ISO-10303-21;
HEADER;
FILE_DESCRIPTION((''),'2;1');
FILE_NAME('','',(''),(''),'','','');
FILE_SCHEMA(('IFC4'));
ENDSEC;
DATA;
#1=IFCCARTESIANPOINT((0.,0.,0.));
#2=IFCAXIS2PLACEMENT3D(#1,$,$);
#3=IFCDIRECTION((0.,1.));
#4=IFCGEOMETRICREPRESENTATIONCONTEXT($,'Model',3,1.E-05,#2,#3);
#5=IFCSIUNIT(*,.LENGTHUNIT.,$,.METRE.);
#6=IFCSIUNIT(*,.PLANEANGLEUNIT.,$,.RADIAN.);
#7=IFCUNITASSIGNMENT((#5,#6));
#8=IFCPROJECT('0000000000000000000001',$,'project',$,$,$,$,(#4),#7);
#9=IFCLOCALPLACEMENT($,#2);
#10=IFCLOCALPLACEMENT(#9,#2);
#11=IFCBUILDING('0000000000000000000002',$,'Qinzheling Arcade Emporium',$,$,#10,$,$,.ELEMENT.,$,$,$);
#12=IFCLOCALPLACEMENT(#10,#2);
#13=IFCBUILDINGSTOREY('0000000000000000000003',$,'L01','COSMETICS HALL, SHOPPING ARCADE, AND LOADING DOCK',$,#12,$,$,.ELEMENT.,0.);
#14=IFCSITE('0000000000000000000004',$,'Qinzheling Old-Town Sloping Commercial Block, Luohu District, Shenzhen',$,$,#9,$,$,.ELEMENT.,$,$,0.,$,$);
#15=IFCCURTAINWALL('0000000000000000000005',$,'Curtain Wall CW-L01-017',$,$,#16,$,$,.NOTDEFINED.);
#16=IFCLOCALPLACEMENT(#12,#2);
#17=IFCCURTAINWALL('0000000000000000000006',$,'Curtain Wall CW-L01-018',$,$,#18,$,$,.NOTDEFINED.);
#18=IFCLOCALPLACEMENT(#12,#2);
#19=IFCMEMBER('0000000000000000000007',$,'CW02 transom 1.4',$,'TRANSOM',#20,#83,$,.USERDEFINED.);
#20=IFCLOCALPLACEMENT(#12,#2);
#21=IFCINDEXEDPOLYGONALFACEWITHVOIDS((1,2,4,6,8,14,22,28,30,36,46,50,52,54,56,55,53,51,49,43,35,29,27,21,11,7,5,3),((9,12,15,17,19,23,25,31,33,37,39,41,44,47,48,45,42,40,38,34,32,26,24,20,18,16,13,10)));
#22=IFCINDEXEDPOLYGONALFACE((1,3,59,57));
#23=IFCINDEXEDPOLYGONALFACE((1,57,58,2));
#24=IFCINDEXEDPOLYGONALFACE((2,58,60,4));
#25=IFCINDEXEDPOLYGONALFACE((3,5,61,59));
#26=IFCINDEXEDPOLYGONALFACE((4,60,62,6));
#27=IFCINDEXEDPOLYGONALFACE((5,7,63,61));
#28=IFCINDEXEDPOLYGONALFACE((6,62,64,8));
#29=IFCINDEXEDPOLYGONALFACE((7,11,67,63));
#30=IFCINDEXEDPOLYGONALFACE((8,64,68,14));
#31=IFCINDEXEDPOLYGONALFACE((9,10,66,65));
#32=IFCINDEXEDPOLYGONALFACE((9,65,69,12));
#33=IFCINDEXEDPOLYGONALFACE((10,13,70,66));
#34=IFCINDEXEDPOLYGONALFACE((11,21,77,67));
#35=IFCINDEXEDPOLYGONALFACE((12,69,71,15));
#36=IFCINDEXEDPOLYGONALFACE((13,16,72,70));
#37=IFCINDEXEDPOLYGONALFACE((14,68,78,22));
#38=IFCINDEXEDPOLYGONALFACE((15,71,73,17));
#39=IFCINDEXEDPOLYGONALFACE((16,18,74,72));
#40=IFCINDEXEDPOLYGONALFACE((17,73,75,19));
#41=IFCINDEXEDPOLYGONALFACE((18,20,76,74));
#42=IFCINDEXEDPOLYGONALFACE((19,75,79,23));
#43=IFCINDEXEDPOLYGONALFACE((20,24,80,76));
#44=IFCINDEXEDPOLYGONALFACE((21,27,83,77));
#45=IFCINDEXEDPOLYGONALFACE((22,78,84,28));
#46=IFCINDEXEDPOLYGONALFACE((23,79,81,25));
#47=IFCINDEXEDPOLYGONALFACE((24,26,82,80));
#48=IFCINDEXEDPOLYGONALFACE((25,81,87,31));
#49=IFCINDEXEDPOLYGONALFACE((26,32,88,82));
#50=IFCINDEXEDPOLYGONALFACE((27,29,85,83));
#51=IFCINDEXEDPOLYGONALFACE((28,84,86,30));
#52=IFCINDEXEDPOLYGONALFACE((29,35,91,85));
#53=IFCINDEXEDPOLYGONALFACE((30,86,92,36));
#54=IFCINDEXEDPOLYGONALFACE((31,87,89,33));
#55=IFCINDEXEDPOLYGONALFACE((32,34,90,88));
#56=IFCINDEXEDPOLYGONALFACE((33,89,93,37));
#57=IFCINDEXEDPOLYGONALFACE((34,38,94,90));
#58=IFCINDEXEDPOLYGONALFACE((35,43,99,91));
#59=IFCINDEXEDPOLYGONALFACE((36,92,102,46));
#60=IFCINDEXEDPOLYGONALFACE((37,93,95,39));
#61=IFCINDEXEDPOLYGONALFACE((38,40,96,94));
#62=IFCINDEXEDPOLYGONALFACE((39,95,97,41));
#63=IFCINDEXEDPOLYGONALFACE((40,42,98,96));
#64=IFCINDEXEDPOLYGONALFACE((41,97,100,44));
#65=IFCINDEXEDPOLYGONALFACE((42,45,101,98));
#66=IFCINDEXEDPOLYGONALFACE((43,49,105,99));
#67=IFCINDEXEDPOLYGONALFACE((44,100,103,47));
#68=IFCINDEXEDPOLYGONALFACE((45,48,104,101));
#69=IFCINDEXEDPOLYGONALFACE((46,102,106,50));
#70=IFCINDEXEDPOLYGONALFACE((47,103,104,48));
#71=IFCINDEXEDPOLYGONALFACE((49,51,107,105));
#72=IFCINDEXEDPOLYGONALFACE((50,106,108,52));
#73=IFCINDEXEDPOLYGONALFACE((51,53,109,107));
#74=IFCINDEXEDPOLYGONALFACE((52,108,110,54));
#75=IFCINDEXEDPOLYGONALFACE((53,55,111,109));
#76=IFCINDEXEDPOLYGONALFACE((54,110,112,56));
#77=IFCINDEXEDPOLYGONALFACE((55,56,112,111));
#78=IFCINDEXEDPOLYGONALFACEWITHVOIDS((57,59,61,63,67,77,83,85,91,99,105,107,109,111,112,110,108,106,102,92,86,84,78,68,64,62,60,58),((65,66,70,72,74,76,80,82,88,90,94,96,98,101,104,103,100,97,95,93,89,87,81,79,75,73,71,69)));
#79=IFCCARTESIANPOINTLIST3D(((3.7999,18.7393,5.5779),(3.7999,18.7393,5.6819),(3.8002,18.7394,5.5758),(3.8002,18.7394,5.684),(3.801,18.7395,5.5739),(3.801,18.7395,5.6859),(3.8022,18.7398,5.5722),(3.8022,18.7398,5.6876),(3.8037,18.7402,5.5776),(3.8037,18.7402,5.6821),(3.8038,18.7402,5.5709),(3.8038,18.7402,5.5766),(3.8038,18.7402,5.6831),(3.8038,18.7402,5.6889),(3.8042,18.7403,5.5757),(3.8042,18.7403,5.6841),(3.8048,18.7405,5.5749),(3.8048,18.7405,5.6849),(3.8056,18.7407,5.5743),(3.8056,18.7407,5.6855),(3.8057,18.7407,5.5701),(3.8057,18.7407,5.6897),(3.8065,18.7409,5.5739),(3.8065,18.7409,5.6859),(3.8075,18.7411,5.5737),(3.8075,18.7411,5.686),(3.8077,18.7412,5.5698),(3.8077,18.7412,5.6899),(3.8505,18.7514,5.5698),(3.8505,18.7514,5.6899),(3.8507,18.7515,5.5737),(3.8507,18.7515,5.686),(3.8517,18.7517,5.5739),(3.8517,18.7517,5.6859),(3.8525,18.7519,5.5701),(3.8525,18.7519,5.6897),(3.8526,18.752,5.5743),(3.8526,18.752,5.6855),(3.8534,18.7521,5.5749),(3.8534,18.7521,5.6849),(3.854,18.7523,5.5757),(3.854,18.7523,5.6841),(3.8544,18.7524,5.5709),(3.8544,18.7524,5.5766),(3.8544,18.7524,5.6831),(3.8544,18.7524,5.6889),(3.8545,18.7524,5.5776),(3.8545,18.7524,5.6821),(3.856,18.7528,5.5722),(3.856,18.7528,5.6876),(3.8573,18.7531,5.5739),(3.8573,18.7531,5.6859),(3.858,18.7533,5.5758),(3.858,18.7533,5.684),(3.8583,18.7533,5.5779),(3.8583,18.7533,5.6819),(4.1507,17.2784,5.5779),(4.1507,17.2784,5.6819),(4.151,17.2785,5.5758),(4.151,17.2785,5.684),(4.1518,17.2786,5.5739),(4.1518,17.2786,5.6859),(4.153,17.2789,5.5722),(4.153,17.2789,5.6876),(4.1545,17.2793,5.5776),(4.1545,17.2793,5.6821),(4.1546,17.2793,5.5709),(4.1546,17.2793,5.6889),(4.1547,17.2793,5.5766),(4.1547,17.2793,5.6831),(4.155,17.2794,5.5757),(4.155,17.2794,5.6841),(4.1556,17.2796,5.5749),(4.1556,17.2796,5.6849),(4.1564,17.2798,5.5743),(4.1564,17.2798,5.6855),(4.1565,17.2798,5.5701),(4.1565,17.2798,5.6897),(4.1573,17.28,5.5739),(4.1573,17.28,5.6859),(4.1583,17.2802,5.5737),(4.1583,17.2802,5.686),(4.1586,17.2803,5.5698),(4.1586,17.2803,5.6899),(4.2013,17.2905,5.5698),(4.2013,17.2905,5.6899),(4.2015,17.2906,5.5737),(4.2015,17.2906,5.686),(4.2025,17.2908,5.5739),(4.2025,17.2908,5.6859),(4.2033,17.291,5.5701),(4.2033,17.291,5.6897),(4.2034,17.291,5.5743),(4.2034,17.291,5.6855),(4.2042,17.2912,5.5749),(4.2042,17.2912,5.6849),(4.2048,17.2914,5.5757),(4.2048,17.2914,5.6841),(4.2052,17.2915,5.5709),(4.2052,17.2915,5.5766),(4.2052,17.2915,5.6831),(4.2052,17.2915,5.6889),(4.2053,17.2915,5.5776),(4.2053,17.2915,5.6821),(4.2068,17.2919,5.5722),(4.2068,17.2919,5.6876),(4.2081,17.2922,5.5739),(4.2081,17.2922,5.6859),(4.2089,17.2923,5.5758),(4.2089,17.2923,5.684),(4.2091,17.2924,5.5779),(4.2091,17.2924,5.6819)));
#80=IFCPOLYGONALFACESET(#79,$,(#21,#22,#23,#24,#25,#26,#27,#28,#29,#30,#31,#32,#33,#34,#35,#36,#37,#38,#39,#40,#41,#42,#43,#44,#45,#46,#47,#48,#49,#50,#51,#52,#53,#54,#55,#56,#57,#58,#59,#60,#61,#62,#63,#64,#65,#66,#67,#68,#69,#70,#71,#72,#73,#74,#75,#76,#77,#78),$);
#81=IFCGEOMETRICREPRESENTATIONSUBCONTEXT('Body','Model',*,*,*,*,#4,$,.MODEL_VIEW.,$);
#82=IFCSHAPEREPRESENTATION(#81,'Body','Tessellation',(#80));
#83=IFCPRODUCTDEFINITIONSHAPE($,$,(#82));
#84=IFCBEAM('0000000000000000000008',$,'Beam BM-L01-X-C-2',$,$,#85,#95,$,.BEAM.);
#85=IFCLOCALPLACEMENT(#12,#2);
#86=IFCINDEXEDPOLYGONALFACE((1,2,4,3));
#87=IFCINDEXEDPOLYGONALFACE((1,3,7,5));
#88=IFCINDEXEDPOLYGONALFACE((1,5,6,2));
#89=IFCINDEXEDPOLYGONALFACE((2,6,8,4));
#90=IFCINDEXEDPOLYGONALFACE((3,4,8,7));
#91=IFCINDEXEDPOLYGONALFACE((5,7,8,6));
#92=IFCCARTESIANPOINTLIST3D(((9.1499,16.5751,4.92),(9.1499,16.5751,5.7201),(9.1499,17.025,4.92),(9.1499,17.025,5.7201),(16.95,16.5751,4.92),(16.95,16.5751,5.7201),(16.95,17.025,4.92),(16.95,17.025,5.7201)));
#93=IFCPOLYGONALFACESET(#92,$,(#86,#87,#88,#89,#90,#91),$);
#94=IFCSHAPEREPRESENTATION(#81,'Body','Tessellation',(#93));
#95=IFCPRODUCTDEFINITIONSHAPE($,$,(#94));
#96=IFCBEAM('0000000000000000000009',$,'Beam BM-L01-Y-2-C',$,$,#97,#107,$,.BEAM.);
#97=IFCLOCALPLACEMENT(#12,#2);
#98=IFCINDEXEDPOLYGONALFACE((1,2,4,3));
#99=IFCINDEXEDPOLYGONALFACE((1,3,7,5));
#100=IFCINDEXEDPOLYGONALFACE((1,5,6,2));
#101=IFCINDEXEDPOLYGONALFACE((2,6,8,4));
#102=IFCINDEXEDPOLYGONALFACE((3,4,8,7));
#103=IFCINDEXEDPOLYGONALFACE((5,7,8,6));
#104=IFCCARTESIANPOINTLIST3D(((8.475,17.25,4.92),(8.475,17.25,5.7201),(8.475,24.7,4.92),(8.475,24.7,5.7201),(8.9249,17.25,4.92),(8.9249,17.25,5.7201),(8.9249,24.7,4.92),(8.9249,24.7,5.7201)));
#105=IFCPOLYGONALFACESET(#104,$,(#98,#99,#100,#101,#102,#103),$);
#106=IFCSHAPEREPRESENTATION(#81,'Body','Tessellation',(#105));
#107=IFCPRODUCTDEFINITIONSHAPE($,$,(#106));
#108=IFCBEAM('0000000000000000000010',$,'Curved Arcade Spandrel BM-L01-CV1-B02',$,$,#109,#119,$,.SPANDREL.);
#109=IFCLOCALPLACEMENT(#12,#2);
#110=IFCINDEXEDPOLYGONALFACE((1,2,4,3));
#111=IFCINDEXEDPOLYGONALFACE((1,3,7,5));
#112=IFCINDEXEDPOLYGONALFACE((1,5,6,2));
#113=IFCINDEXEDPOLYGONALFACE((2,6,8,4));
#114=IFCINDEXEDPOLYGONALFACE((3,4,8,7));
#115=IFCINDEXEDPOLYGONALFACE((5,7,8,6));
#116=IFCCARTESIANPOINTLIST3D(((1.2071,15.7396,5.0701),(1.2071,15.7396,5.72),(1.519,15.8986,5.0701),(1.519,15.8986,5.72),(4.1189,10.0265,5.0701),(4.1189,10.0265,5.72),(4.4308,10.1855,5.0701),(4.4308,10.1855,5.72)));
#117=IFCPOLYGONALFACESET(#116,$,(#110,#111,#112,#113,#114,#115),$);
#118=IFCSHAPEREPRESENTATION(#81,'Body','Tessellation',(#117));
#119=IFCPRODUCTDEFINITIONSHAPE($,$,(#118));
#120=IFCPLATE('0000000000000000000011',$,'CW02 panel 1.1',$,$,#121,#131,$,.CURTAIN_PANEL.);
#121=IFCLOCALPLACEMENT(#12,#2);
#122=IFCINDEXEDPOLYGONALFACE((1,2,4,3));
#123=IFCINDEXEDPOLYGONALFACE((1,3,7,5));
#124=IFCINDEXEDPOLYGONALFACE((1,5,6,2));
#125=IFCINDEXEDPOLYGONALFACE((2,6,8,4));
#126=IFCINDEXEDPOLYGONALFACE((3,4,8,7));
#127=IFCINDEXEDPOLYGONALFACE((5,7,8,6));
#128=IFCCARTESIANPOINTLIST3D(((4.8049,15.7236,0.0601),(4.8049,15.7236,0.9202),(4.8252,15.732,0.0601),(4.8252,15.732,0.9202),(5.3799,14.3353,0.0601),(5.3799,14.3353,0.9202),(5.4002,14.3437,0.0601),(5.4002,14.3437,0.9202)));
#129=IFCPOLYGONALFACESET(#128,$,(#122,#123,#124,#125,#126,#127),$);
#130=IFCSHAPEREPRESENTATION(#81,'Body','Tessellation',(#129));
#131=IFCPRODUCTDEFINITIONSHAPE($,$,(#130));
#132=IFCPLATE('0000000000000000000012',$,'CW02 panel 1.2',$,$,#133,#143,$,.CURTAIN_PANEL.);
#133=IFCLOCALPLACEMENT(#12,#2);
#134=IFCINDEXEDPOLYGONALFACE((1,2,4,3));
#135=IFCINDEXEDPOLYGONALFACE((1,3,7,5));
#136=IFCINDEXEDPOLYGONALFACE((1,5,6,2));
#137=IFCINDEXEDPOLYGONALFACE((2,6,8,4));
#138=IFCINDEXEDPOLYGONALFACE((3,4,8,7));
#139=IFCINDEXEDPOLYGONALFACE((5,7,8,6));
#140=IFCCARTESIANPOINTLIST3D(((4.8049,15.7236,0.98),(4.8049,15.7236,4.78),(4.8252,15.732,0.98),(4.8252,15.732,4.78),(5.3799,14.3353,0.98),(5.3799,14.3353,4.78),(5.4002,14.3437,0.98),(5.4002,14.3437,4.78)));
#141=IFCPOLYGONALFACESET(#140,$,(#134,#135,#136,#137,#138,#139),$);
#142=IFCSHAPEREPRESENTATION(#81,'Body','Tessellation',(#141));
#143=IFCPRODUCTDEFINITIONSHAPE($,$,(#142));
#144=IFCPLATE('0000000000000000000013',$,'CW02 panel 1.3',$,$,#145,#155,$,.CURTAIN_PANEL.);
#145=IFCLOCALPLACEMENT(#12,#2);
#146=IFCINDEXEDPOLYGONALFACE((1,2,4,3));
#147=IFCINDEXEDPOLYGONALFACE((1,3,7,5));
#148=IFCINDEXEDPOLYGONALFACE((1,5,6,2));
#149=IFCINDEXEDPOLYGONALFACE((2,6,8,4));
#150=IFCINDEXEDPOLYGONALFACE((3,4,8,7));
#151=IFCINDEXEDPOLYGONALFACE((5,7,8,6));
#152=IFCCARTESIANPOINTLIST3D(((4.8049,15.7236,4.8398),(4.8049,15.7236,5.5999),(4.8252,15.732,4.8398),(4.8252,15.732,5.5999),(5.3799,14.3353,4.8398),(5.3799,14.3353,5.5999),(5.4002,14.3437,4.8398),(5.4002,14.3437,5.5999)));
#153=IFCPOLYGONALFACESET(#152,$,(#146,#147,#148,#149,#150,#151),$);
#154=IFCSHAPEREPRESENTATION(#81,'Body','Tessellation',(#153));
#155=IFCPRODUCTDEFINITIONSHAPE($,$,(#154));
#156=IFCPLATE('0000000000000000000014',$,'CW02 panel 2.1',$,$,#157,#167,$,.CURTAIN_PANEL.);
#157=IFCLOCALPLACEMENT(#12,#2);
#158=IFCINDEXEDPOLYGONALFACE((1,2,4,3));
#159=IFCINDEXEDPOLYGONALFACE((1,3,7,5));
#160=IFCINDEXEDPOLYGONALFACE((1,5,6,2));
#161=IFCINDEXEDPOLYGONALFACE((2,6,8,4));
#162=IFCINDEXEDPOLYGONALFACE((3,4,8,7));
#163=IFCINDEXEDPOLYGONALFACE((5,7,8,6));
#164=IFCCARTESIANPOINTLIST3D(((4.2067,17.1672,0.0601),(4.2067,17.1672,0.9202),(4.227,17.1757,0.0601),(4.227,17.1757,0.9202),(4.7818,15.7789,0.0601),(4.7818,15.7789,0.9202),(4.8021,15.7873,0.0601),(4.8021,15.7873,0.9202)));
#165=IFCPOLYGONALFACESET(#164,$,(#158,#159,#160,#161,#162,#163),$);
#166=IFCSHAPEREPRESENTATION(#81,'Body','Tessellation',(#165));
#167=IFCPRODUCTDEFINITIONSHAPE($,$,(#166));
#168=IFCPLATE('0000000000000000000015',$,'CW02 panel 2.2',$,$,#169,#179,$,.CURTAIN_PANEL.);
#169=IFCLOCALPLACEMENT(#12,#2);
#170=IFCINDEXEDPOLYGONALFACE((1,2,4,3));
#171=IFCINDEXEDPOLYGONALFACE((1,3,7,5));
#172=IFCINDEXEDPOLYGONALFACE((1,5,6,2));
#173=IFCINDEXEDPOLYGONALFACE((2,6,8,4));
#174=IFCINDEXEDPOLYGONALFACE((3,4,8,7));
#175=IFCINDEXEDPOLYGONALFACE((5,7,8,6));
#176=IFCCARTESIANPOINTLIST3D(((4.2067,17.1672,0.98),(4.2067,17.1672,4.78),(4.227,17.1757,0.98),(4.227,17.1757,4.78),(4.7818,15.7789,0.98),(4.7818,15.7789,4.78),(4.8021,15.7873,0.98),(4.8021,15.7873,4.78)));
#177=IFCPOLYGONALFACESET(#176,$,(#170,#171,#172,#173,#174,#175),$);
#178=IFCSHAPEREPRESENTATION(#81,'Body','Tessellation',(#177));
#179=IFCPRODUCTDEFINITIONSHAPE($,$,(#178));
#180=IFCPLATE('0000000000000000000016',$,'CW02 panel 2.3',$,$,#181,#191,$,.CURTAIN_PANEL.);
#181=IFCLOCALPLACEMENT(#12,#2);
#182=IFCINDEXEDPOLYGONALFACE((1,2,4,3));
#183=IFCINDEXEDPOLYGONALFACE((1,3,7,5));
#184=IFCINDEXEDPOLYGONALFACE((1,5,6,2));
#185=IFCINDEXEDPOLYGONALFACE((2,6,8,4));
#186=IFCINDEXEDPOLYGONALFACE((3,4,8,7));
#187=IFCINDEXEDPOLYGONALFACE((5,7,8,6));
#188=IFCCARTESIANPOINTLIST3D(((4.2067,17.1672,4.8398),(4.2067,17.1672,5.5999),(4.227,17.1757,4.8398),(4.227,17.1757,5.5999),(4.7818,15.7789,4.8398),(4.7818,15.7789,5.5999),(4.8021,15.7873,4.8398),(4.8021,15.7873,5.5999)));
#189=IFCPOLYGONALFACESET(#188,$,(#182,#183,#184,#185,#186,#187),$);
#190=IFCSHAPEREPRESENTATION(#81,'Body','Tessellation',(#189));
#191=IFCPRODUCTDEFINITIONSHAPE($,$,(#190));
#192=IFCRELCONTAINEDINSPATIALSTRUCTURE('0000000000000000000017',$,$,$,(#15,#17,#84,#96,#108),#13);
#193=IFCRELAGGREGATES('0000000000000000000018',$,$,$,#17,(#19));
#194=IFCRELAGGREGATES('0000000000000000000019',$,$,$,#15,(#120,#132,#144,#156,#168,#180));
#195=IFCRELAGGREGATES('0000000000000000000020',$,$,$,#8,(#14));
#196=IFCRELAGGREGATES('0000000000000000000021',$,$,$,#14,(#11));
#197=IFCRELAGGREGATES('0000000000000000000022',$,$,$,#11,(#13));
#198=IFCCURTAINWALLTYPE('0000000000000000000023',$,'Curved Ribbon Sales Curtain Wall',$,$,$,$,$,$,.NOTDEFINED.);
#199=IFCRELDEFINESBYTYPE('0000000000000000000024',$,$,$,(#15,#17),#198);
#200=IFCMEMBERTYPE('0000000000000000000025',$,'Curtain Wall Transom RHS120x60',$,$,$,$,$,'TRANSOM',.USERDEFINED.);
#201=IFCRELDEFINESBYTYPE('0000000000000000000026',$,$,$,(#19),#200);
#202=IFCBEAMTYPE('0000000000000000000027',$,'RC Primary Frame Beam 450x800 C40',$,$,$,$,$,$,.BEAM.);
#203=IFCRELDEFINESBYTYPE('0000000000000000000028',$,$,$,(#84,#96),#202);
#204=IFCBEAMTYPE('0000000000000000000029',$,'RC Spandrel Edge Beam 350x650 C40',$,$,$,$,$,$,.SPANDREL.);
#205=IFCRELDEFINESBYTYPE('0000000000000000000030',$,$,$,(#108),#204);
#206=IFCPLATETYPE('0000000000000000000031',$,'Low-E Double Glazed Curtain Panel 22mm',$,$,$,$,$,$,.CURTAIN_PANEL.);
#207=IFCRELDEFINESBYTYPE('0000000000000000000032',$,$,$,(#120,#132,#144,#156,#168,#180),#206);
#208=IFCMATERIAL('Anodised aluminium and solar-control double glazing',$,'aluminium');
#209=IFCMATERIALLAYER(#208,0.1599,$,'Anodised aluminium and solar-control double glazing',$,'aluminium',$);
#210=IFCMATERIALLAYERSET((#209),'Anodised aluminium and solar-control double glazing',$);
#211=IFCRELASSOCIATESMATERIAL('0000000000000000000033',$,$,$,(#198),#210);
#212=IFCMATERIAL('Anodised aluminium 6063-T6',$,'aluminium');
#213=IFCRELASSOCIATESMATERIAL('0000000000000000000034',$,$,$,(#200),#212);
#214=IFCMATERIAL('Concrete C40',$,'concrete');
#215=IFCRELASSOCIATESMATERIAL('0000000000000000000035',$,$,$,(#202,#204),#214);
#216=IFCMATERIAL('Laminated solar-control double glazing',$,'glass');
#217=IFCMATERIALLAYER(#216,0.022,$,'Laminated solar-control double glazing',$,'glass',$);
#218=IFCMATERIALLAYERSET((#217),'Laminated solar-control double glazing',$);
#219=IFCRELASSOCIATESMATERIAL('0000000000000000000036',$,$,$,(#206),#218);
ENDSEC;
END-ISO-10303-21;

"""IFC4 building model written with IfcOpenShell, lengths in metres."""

from ifc_helpers import new_model, si_unit, direction, frame, origin, origin_2d, place, context, subcontext, project, spatial, rectangle, hollow_rectangle, extrude, material, layer, layer_set, material_profile, profile_set, type_object, element, aggregate, save


model = new_model("IFC4")

# Units and contexts
model_context = context("Model", 3, precision=1e-05, world=origin(), true_north=direction((0.0, 1.0)))
body_context = subcontext(model_context, "Body", "Model", "MODEL_VIEW")
ifc_project = project(units=[si_unit("LENGTHUNIT", "METRE"), si_unit("PLANEANGLEUNIT", "RADIAN")], contexts=[model_context])

# Site, building, storey
site_placement = place(None, origin())
site = spatial("IfcSite", under=ifc_project, at=site_placement, Name="Qinzheling Old-Town Sloping Commercial Block, Luohu District, Shenzhen", CompositionType="ELEMENT", RefElevation=0.0)
building_placement = place(site_placement, origin())
building = spatial("IfcBuilding", under=site, at=building_placement, Name="Qinzheling Arcade Emporium", CompositionType="ELEMENT")
storey_placement = place(building_placement, origin())
storey = spatial("IfcBuildingStorey", under=building, at=storey_placement, Name="L01", Description="COSMETICS HALL, SHOPPING ARCADE, AND LOADING DOCK", CompositionType="ELEMENT", Elevation=0.0)

# Curtain wall
ifc_material_1 = material(Name="Anodised aluminium and solar-control double glazing", Category="aluminium")
ifc_layer_1 = layer(ifc_material_1, 0.1599, Name="Anodised aluminium and solar-control double glazing", Category="aluminium")
ifc_layer_set_1 = layer_set([ifc_layer_1], Name="Anodised aluminium and solar-control double glazing")
curtain_wall_type = type_object("IfcCurtainWallType", Name="Curved Ribbon Sales Curtain Wall", PredefinedType="NOTDEFINED", material=ifc_layer_set_1)
curtain_wall_1_placement = place(storey_placement, origin())
curtain_wall_1 = element("IfcCurtainWall", 1, at=curtain_wall_1_placement, inside=storey, type_object=curtain_wall_type, Name="Curtain Wall CW-L01-017", PredefinedType="NOTDEFINED")
ifc_material_2 = material(Name="Anodised aluminium 6063-T6", Category="aluminium")

# Curtain wall
curtain_wall_2_placement = place(storey_placement, origin())
curtain_wall_2 = element("IfcCurtainWall", 2, at=curtain_wall_2_placement, inside=storey, type_object=curtain_wall_type, Name="Curtain Wall CW-L01-018", PredefinedType="NOTDEFINED")

# Member
ifc_material_profile_1 = material_profile(ifc_material_2, hollow_rectangle(XDim=0.0601, YDim=0.1201, WallThickness=0.0039, InnerFilletRadius=0.0039, OuterFilletRadius=0.0081, at=origin_2d()), Name="RHS 120x60x4", Category="aluminium")
ifc_profile_set_1 = profile_set([ifc_material_profile_1], Name="Anodised aluminium 6063-T6")
member_type_1 = type_object("IfcMemberType", Name="Curtain Wall Transom RHS120x60", ElementType="TRANSOM", PredefinedType="USERDEFINED", material=ifc_profile_set_1)
member_1_placement = place(storey_placement, frame((4.1799, 17.2854, 5.6299), z_axis=(-0.233502, 0.972356, 0.0), x_axis=(-0.972356, -0.233502, 0.0)))
member_1 = element("IfcMember", 3, at=member_1_placement, type_object=member_type_1, Name="CW02 transom 1.4", ObjectType="TRANSOM", PredefinedType="USERDEFINED", context=body_context, shape_type="SweptSolid", body=[
    extrude(hollow_rectangle(XDim=0.0601, YDim=0.1201, WallThickness=0.0039, InnerFilletRadius=0.0039, OuterFilletRadius=0.0081, at=origin_2d()), origin(), (0.0, 0.0, 1.0), 1.5024),
])
aggregate(curtain_wall_2, [member_1])

# Beams
ifc_material_3 = material(Name="Concrete C40", Category="concrete")
ifc_material_profile_2 = material_profile(ifc_material_3, rectangle(XDim=0.45, YDim=0.8, at=origin_2d()), Name="RC 450x800", Category="concrete")
ifc_profile_set_2 = profile_set([ifc_material_profile_2], Name="Concrete C40")
beam_type_1 = type_object("IfcBeamType", Name="RC Primary Frame Beam 450x800 C40", PredefinedType="BEAM", material=ifc_profile_set_2)
beam_1_placement = place(storey_placement, frame((9.1499, 16.8, 5.3201), z_axis=(1.0, 0.0, 0.0), x_axis=(0.0, 1.0, 0.0)))
element("IfcBeam", 4, at=beam_1_placement, inside=storey, type_object=beam_type_1, Name="Beam BM-L01-X-C-2", PredefinedType="BEAM", context=body_context, shape_type="SweptSolid", body=[
    extrude(rectangle(XDim=0.45, YDim=0.8, at=origin_2d()), origin(), (0.0, 0.0, 1.0), 7.8),
])
beam_2_placement = place(storey_placement, frame((8.7, 17.25, 5.3201), z_axis=(0.0, 1.0, 0.0), x_axis=(-1.0, 0.0, 0.0)))
element("IfcBeam", 5, at=beam_2_placement, inside=storey, type_object=beam_type_1, Name="Beam BM-L01-Y-2-C", PredefinedType="BEAM", context=body_context, shape_type="SweptSolid", body=[
    extrude(rectangle(XDim=0.45, YDim=0.8, at=origin_2d()), origin(), (0.0, 0.0, 1.0), 7.45),
])
ifc_material_profile_3 = material_profile(ifc_material_3, rectangle(XDim=0.3501, YDim=0.6499, at=origin_2d()), Name="RC 350x650", Category="concrete")
ifc_profile_set_3 = profile_set([ifc_material_profile_3], Name="Concrete C40")
beam_type_2 = type_object("IfcBeamType", Name="RC Spandrel Edge Beam 350x650 C40", PredefinedType="SPANDREL", material=ifc_profile_set_3)
beam_3_placement = place(storey_placement, frame((1.363, 15.8191, 5.395), z_axis=(0.454099, -0.890951, 0.0), x_axis=(0.890951, 0.454099, 0.0)))
element("IfcBeam", 6, at=beam_3_placement, inside=storey, type_object=beam_type_2, Name="Curved Arcade Spandrel BM-L01-CV1-B02", PredefinedType="SPANDREL", context=body_context, shape_type="SweptSolid", body=[
    extrude(rectangle(XDim=0.3501, YDim=0.6499, at=origin_2d()), origin(), (0.0, 0.0, 1.0), 6.4124),
])

# Plates
ifc_material_4 = material(Name="Laminated solar-control double glazing", Category="glass")
ifc_layer_2 = layer(ifc_material_4, 0.022, Name="Laminated solar-control double glazing", Category="glass")
ifc_layer_set_2 = layer_set([ifc_layer_2], Name="Laminated solar-control double glazing")
plate_type = type_object("IfcPlateType", Name="Low-E Double Glazed Curtain Panel 22mm", PredefinedType="CURTAIN_PANEL", material=ifc_layer_set_2)
plate_1_placement = place(storey_placement, frame((5.1025, 15.0337, 0.0601), z_axis=(0.0, 0.0, 1.0), x_axis=(-0.382675, 0.923883, 0.0)))
plate_1 = element("IfcPlate", 7, at=plate_1_placement, type_object=plate_type, Name="CW02 panel 1.1", PredefinedType="CURTAIN_PANEL", context=body_context, shape_type="SweptSolid", body=[
    extrude(rectangle(XDim=1.5027, YDim=0.022, at=origin_2d()), origin(), (0.0, 0.0, 1.0), 0.8601),
])
plate_2_placement = place(storey_placement, frame((5.1025, 15.0337, 0.98), z_axis=(0.0, 0.0, 1.0), x_axis=(-0.382675, 0.923883, 0.0)))
plate_2 = element("IfcPlate", 8, at=plate_2_placement, type_object=plate_type, Name="CW02 panel 1.2", PredefinedType="CURTAIN_PANEL", context=body_context, shape_type="SweptSolid", body=[
    extrude(rectangle(XDim=1.5027, YDim=0.022, at=origin_2d()), origin(), (0.0, 0.0, 1.0), 3.8),
])
plate_3_placement = place(storey_placement, frame((5.1025, 15.0337, 4.8398), z_axis=(0.0, 0.0, 1.0), x_axis=(-0.382675, 0.923883, 0.0)))
plate_3 = element("IfcPlate", 9, at=plate_3_placement, type_object=plate_type, Name="CW02 panel 1.3", PredefinedType="CURTAIN_PANEL", context=body_context, shape_type="SweptSolid", body=[
    extrude(rectangle(XDim=1.5027, YDim=0.022, at=origin_2d()), origin(), (0.0, 0.0, 1.0), 0.76),
])
plate_4_placement = place(storey_placement, frame((4.5044, 16.4773, 0.0601), z_axis=(0.0, 0.0, 1.0), x_axis=(-0.382675, 0.923883, 0.0)))
plate_4 = element("IfcPlate", 10, at=plate_4_placement, type_object=plate_type, Name="CW02 panel 2.1", PredefinedType="CURTAIN_PANEL", context=body_context, shape_type="SweptSolid", body=[
    extrude(rectangle(XDim=1.5027, YDim=0.022, at=origin_2d()), origin(), (0.0, 0.0, 1.0), 0.8601),
])
plate_5_placement = place(storey_placement, frame((4.5044, 16.4773, 0.98), z_axis=(0.0, 0.0, 1.0), x_axis=(-0.382675, 0.923883, 0.0)))
plate_5 = element("IfcPlate", 11, at=plate_5_placement, type_object=plate_type, Name="CW02 panel 2.2", PredefinedType="CURTAIN_PANEL", context=body_context, shape_type="SweptSolid", body=[
    extrude(rectangle(XDim=1.5027, YDim=0.022, at=origin_2d()), origin(), (0.0, 0.0, 1.0), 3.8),
])
plate_6_placement = place(storey_placement, frame((4.5044, 16.4773, 4.8398), z_axis=(0.0, 0.0, 1.0), x_axis=(-0.382675, 0.923883, 0.0)))
plate_6 = element("IfcPlate", 12, at=plate_6_placement, type_object=plate_type, Name="CW02 panel 2.3", PredefinedType="CURTAIN_PANEL", context=body_context, shape_type="SweptSolid", body=[
    extrude(rectangle(XDim=1.5027, YDim=0.022, at=origin_2d()), origin(), (0.0, 0.0, 1.0), 0.76),
])
aggregate(curtain_wall_1, [plate_1, plate_2, plate_3, plate_4, plate_5, plate_6])

save(model, "model.ifc")
